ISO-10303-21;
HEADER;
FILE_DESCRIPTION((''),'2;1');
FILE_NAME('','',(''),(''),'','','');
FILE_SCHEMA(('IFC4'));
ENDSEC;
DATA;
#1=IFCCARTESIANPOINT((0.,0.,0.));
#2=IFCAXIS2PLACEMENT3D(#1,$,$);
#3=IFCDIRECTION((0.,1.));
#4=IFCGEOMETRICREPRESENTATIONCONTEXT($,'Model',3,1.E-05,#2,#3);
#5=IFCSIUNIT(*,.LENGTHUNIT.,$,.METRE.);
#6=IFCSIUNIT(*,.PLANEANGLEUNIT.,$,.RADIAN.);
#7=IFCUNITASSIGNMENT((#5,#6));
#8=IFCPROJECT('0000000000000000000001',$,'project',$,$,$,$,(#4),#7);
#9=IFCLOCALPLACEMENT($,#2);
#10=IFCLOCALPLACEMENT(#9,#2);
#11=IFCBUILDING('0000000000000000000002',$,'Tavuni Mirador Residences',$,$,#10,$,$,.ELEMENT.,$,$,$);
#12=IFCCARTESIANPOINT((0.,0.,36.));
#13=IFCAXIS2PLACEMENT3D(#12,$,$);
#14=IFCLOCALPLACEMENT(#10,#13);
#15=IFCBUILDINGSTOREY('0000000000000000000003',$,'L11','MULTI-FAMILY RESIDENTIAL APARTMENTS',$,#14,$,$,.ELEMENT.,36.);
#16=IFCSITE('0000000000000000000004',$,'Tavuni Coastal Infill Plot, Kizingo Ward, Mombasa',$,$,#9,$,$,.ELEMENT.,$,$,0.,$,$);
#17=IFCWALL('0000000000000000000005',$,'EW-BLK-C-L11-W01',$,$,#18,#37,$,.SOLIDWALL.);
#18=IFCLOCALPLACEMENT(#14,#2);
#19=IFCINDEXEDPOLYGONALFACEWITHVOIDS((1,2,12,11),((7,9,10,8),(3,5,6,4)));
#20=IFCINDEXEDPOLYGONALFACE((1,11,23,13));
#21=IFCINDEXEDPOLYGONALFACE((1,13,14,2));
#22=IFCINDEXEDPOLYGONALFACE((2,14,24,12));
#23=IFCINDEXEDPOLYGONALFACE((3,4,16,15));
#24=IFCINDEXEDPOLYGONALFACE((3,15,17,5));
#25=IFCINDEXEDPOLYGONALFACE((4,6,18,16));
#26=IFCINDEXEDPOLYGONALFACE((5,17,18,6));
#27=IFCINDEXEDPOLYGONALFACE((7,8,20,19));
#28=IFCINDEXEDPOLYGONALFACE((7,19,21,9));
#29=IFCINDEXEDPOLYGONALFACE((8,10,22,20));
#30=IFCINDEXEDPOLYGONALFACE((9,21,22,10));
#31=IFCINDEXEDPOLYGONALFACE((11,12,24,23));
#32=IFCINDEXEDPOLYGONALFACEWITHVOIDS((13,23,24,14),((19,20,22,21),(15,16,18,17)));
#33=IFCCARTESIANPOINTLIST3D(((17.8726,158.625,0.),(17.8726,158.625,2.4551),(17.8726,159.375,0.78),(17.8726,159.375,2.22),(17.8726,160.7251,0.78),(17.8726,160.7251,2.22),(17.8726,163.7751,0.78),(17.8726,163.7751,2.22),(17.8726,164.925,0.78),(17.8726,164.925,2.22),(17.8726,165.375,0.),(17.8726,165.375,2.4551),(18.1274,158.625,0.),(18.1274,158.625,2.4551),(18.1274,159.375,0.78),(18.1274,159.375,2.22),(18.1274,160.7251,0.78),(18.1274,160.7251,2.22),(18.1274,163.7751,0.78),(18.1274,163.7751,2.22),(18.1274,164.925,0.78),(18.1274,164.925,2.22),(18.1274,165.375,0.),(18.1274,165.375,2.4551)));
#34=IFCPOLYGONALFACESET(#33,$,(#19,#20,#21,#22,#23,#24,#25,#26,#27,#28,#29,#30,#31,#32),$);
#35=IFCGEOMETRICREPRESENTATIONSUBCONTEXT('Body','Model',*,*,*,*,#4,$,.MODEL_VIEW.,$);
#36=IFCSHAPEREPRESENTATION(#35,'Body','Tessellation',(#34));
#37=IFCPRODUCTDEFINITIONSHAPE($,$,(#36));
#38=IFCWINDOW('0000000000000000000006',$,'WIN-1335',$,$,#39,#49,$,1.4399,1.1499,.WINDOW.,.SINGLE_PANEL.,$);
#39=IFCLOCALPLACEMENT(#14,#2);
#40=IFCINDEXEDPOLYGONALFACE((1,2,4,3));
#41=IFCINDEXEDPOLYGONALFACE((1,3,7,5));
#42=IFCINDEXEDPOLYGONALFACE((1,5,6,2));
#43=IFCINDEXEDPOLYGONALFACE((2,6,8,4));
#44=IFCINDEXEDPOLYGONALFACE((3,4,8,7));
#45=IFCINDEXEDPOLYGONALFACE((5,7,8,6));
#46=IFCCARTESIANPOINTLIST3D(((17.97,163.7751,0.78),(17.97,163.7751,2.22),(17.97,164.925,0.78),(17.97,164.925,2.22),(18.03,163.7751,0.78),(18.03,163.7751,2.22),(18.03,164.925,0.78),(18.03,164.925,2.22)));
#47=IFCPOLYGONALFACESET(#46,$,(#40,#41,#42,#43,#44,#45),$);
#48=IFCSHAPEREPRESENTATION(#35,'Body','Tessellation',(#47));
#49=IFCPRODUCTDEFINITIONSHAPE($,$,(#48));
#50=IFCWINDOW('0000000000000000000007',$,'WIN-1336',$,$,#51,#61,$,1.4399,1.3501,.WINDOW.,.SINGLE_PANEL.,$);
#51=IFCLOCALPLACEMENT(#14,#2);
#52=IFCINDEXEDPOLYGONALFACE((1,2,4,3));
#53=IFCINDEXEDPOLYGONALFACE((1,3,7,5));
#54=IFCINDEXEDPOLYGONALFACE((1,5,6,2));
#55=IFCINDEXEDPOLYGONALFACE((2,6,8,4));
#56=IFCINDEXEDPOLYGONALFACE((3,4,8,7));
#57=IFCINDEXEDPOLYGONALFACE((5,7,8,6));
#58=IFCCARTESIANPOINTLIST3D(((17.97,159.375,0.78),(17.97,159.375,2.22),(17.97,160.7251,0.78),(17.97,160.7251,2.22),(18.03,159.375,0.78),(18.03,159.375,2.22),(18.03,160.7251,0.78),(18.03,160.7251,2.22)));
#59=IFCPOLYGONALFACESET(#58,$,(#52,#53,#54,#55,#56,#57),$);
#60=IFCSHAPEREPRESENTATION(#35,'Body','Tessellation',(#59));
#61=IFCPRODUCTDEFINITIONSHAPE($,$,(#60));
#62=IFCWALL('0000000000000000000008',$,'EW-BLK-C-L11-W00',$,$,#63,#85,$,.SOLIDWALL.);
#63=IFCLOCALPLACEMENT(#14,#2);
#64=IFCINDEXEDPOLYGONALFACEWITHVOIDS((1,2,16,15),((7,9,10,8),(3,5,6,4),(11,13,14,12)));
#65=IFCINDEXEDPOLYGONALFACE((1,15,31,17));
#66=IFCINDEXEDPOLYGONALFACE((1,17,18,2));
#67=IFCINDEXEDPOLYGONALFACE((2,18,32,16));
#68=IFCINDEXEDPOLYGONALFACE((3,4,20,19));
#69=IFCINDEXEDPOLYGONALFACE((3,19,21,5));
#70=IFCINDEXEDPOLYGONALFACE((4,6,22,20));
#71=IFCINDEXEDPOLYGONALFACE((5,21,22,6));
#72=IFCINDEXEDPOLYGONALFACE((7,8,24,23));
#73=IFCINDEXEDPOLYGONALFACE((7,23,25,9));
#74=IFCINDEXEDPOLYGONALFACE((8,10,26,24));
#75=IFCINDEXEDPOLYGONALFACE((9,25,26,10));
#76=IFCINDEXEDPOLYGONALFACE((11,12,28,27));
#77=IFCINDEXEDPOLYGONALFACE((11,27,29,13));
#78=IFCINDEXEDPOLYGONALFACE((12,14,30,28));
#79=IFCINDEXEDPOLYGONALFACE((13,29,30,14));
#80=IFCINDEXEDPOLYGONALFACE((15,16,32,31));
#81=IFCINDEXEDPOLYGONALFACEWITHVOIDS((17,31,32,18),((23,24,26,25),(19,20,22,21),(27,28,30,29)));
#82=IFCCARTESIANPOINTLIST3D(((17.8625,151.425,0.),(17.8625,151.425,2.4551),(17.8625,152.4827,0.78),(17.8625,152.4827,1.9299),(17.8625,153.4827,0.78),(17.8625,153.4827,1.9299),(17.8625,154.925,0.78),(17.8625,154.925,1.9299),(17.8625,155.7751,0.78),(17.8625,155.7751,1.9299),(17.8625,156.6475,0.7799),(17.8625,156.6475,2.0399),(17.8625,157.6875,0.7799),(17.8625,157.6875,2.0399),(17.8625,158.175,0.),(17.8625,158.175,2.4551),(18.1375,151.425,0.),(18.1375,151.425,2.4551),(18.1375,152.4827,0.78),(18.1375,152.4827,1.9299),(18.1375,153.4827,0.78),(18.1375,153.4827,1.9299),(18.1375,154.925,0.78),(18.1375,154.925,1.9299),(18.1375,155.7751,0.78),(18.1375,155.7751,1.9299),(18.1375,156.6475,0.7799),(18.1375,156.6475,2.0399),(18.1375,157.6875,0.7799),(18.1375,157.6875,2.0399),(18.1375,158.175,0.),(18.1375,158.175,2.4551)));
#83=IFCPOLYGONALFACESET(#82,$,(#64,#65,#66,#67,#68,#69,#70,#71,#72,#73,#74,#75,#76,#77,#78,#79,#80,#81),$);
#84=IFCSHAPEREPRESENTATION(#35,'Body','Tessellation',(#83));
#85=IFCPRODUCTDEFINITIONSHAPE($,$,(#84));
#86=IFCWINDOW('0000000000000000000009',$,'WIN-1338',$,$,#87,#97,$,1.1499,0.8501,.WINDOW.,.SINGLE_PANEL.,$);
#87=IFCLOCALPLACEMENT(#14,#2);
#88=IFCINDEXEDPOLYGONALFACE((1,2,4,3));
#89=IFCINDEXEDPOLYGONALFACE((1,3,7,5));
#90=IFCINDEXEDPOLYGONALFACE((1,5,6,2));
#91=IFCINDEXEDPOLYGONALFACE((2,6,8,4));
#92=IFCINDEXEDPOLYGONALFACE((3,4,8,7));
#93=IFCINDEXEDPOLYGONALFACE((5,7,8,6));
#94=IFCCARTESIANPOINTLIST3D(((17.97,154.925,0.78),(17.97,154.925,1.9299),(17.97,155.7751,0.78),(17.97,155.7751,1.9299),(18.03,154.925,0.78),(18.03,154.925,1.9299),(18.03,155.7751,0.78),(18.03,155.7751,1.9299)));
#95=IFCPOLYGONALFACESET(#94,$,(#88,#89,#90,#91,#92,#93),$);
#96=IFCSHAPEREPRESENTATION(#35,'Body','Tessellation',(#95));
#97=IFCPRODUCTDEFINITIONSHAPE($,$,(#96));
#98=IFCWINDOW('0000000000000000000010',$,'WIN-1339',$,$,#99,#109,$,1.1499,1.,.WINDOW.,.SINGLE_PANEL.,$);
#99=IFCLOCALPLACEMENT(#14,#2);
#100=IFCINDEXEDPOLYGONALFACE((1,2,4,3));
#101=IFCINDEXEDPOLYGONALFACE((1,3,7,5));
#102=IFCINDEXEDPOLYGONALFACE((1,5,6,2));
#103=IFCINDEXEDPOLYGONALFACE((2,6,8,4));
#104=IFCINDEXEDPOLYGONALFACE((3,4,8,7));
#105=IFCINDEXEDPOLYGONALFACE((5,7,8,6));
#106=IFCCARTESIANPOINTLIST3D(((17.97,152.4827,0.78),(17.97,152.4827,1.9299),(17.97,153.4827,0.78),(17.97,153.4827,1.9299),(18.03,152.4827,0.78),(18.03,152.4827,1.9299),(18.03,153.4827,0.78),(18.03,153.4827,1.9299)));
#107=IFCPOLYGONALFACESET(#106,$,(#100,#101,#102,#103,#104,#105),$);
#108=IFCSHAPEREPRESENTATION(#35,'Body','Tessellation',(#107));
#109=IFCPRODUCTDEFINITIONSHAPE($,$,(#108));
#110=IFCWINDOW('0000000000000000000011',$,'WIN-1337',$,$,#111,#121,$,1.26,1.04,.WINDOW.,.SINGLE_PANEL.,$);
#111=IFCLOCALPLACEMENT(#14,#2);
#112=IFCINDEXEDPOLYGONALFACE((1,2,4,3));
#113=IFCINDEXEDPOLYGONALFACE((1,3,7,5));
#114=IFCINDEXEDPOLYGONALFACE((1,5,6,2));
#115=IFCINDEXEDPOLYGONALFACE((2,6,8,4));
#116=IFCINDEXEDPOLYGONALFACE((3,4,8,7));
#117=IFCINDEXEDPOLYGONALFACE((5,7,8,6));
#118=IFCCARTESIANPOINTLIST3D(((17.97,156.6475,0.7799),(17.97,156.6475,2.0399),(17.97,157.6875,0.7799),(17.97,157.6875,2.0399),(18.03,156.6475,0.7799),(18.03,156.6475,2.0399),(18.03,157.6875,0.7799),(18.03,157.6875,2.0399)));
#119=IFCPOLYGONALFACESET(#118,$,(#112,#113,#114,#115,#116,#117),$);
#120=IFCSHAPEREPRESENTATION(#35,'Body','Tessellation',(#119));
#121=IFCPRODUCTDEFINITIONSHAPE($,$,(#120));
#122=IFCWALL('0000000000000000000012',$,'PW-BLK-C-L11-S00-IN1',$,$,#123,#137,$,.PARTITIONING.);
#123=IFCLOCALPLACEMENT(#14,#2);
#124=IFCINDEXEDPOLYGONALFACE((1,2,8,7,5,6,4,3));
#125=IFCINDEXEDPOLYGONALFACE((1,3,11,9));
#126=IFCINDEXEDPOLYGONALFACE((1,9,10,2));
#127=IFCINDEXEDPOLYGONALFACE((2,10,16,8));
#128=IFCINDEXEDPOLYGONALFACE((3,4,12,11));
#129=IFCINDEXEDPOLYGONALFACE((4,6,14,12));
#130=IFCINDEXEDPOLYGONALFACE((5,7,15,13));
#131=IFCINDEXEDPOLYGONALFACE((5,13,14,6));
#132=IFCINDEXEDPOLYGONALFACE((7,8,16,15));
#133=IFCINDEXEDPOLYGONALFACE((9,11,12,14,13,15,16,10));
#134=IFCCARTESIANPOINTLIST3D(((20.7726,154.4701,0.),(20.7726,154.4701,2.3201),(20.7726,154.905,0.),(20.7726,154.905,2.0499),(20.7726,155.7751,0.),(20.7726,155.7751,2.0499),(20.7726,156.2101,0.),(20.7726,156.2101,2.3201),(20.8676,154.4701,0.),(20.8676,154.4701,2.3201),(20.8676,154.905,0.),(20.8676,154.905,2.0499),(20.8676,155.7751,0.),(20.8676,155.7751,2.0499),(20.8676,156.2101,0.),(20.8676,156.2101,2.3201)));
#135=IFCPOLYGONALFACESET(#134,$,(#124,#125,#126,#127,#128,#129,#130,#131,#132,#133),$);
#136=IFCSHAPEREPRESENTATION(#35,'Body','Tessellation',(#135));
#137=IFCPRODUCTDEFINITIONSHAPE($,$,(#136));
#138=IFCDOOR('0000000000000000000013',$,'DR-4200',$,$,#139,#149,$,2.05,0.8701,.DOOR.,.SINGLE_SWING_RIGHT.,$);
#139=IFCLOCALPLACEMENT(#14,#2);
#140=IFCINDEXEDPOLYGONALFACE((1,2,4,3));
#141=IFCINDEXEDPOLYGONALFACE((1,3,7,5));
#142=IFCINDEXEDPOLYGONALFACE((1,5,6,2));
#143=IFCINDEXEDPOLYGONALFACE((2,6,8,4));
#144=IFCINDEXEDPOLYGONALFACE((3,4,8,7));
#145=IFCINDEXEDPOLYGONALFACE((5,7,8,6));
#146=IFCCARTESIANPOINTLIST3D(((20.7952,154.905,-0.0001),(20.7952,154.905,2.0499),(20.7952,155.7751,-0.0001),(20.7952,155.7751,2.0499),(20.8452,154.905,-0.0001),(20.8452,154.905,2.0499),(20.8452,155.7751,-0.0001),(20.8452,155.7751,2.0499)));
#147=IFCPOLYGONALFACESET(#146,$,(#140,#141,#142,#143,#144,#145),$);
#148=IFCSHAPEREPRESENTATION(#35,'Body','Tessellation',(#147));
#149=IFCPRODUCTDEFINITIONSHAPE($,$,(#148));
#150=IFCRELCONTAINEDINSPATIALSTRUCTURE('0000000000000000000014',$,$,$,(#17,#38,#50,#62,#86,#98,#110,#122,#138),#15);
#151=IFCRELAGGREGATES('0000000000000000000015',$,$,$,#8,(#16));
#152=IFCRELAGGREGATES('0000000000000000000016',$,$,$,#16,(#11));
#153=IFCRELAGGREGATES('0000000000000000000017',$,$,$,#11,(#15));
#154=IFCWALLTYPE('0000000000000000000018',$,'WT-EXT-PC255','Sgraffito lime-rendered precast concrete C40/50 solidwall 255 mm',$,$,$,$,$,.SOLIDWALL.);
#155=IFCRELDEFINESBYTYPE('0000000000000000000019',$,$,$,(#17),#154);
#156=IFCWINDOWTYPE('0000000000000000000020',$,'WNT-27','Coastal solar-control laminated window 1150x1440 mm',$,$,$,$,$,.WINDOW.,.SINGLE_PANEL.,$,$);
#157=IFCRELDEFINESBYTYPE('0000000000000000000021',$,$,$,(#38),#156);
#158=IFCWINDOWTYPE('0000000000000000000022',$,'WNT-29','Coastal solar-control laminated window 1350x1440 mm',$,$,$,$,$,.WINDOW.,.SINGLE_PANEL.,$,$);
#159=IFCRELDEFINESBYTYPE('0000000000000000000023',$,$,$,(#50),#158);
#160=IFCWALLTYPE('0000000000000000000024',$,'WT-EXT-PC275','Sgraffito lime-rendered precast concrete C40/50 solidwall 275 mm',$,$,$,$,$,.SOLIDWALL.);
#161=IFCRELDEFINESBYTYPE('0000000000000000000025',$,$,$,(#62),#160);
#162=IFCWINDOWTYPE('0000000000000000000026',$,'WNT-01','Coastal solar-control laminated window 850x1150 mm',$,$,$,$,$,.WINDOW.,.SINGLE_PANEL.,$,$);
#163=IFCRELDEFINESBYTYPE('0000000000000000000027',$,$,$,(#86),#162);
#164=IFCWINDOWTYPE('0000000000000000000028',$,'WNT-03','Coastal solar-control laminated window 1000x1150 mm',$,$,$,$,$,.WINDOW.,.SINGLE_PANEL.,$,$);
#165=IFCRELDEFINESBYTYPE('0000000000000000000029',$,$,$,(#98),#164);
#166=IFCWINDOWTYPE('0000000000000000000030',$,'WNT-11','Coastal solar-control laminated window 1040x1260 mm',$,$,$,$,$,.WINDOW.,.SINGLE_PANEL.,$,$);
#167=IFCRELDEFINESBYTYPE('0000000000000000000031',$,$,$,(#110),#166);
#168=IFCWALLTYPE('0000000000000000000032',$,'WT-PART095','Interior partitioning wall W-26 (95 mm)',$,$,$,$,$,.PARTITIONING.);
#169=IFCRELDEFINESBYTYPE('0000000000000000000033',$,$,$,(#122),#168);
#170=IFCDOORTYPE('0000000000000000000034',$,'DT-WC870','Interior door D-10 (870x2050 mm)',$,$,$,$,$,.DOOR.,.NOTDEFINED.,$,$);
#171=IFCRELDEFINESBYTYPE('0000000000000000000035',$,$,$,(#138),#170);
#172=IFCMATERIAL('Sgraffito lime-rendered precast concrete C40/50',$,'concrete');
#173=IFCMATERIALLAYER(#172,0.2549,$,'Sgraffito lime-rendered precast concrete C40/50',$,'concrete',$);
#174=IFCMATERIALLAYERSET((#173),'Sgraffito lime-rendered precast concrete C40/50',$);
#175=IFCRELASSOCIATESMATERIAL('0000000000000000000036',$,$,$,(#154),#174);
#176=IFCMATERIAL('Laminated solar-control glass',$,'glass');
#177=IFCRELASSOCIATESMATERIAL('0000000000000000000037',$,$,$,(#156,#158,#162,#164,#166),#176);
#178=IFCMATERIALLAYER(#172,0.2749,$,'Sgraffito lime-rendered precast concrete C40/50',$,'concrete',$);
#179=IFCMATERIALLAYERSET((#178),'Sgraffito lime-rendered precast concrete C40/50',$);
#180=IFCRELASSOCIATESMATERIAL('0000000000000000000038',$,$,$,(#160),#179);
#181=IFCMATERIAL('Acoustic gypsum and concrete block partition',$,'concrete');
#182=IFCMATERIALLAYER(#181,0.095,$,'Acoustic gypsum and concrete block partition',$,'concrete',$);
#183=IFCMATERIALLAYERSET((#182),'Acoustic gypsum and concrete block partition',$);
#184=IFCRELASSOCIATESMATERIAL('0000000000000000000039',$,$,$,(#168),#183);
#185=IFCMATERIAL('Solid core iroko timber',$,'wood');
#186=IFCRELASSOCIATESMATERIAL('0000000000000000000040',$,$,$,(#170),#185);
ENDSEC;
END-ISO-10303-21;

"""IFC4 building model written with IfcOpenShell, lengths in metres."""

from ifc_helpers import new_model, si_unit, direction, frame, frame_2d, origin, place, context, subcontext, project, spatial, rectangle, extrude, material, layer, layer_set, type_object, element, fill, save


model = new_model("IFC4")

# Units and contexts
model_context = context("Model", 3, precision=1e-05, world=origin(), true_north=direction((0.0, 1.0)))
body_context = subcontext(model_context, "Body", "Model", "MODEL_VIEW")
ifc_project = project(units=[si_unit("LENGTHUNIT", "METRE"), si_unit("PLANEANGLEUNIT", "RADIAN")], contexts=[model_context])

# Site, building, storey
site_placement = place(None, origin())
site = spatial("IfcSite", under=ifc_project, at=site_placement, Name="Tavuni Coastal Infill Plot, Kizingo Ward, Mombasa", CompositionType="ELEMENT", RefElevation=0.0)
building_placement = place(site_placement, origin())
building = spatial("IfcBuilding", under=site, at=building_placement, Name="Tavuni Mirador Residences", CompositionType="ELEMENT")
storey_placement = place(building_placement, frame((0.0, 0.0, 36.0)))
storey = spatial("IfcBuildingStorey", under=building, at=storey_placement, Name="L11", Description="MULTI-FAMILY RESIDENTIAL APARTMENTS", CompositionType="ELEMENT", Elevation=36.0)

# Shared definitions
ifc_material_1 = material(Name="Solid core iroko timber", Category="wood")

# Walls, openings, windows
ifc_material_2 = material(Name="Sgraffito lime-rendered precast concrete C40/50", Category="concrete")
ifc_layer_1 = layer(ifc_material_2, 0.2549, Name="Sgraffito lime-rendered precast concrete C40/50", Category="concrete")
ifc_layer_set_1 = layer_set([ifc_layer_1], Name="Sgraffito lime-rendered precast concrete C40/50")
wall_type_1 = type_object("IfcWallType", Name="WT-EXT-PC255", Description="Sgraffito lime-rendered precast concrete C40/50 solidwall 255 mm", PredefinedType="SOLIDWALL", material=ifc_layer_set_1)
wall_1_placement = place(storey_placement, frame((18.0, 165.375, 0.0), z_axis=(0.0, 0.0, 1.0), x_axis=(0.0, -1.0, 0.0)))
wall_1 = element("IfcWall", 1, at=wall_1_placement, inside=storey, type_object=wall_type_1, Name="EW-BLK-C-L11-W01", PredefinedType="SOLIDWALL", context=body_context, shape_type="SweptSolid", body=[
    extrude(rectangle(XDim=6.75, YDim=0.2549, at=frame_2d((3.375, 0.0))), origin(), (0.0, 0.0, 1.0), 2.4551),
])
opening_1_placement = place(wall_1_placement, frame((0.45, 0.0, 0.78)))
opening_1 = element("IfcOpeningElement", 2, at=opening_1_placement, cuts=wall_1, PredefinedType="OPENING", context=body_context, shape_type="SweptSolid", body=[
    extrude(rectangle(XDim=1.1499, YDim=1.4399, at=frame_2d((0.575, 0.72))), frame((0.0, 0.1375, 0.0), z_axis=(0.0, -1.0, 0.0), x_axis=(1.0, 0.0, 0.0)), (0.0, 0.0, 1.0), 0.2749),
])
opening_2_placement = place(wall_1_placement, frame((4.6499, 0.0, 0.78)))
opening_2 = element("IfcOpeningElement", 3, at=opening_2_placement, cuts=wall_1, PredefinedType="OPENING", context=body_context, shape_type="SweptSolid", body=[
    extrude(rectangle(XDim=1.3501, YDim=1.4399, at=frame_2d((0.675, 0.72))), frame((0.0, 0.1375, 0.0), z_axis=(0.0, -1.0, 0.0), x_axis=(1.0, 0.0, 0.0)), (0.0, 0.0, 1.0), 0.2749),
])
ifc_material_3 = material(Name="Laminated solar-control glass", Category="glass")
window_type_1 = type_object("IfcWindowType", Name="WNT-27", Description="Coastal solar-control laminated window 1150x1440 mm", PartitioningType="SINGLE_PANEL", PredefinedType="WINDOW", material=ifc_material_3)
window_1_placement = place(opening_1_placement, origin())
window_1 = element("IfcWindow", 4, at=window_1_placement, inside=storey, type_object=window_type_1, Name="WIN-1335", OverallHeight=1.4399, OverallWidth=1.1499, PartitioningType="SINGLE_PANEL", PredefinedType="WINDOW", context=body_context, shape_type="SweptSolid", body=[
    extrude(rectangle(XDim=1.1499, YDim=1.4399, at=frame_2d((0.575, 0.72))), frame((0.0, 0.03, 0.0), z_axis=(0.0, -1.0, 0.0), x_axis=(1.0, 0.0, 0.0)), (0.0, 0.0, 1.0), 0.0601),
])
fill(opening_1, window_1)
window_type_2 = type_object("IfcWindowType", Name="WNT-29", Description="Coastal solar-control laminated window 1350x1440 mm", PartitioningType="SINGLE_PANEL", PredefinedType="WINDOW", material=ifc_material_3)
window_2_placement = place(opening_2_placement, origin())
window_2 = element("IfcWindow", 5, at=window_2_placement, inside=storey, type_object=window_type_2, Name="WIN-1336", OverallHeight=1.4399, OverallWidth=1.3501, PartitioningType="SINGLE_PANEL", PredefinedType="WINDOW", context=body_context, shape_type="SweptSolid", body=[
    extrude(rectangle(XDim=1.3501, YDim=1.4399, at=frame_2d((0.675, 0.72))), frame((0.0, 0.03, 0.0), z_axis=(0.0, -1.0, 0.0), x_axis=(1.0, 0.0, 0.0)), (0.0, 0.0, 1.0), 0.0601),
])
fill(opening_2, window_2)
ifc_layer_2 = layer(ifc_material_2, 0.2749, Name="Sgraffito lime-rendered precast concrete C40/50", Category="concrete")
ifc_layer_set_2 = layer_set([ifc_layer_2], Name="Sgraffito lime-rendered precast concrete C40/50")
wall_type_2 = type_object("IfcWallType", Name="WT-EXT-PC275", Description="Sgraffito lime-rendered precast concrete C40/50 solidwall 275 mm", PredefinedType="SOLIDWALL", material=ifc_layer_set_2)
wall_2_placement = place(storey_placement, frame((18.0, 158.175, 0.0), z_axis=(0.0, 0.0, 1.0), x_axis=(0.0, -1.0, 0.0)))
wall_2 = element("IfcWall", 6, at=wall_2_placement, inside=storey, type_object=wall_type_2, Name="EW-BLK-C-L11-W00", PredefinedType="SOLIDWALL", context=body_context, shape_type="SweptSolid", body=[
    extrude(rectangle(XDim=6.75, YDim=0.2749, at=frame_2d((3.375, 0.0))), origin(), (0.0, 0.0, 1.0), 2.4551),
])
opening_3_placement = place(wall_2_placement, frame((0.4875, 0.0, 0.78)))
opening_3 = element("IfcOpeningElement", 7, at=opening_3_placement, cuts=wall_2, PredefinedType="OPENING", context=body_context, shape_type="SweptSolid", body=[
    extrude(rectangle(XDim=1.04, YDim=1.26, at=frame_2d((0.52, 0.6299))), frame((0.0, 0.1475, 0.0), z_axis=(0.0, -1.0, 0.0), x_axis=(1.0, 0.0, 0.0)), (0.0, 0.0, 1.0), 0.2949),
])
opening_4_placement = place(wall_2_placement, frame((2.3999, 0.0, 0.78)))
opening_4 = element("IfcOpeningElement", 8, at=opening_4_placement, cuts=wall_2, PredefinedType="OPENING", context=body_context, shape_type="SweptSolid", body=[
    extrude(rectangle(XDim=0.8501, YDim=1.1499, at=frame_2d((0.425, 0.575))), frame((0.0, 0.1475, 0.0), z_axis=(0.0, -1.0, 0.0), x_axis=(1.0, 0.0, 0.0)), (0.0, 0.0, 1.0), 0.2949),
])
opening_5_placement = place(wall_2_placement, frame((4.6924, 0.0, 0.78)))
opening_5 = element("IfcOpeningElement", 9, at=opening_5_placement, cuts=wall_2, PredefinedType="OPENING", context=body_context, shape_type="SweptSolid", body=[
    extrude(rectangle(XDim=1.0, YDim=1.1499, at=frame_2d((0.5, 0.575))), frame((0.0, 0.1475, 0.0), z_axis=(0.0, -1.0, 0.0), x_axis=(1.0, 0.0, 0.0)), (0.0, 0.0, 1.0), 0.2949),
])
window_type_3 = type_object("IfcWindowType", Name="WNT-01", Description="Coastal solar-control laminated window 850x1150 mm", PartitioningType="SINGLE_PANEL", PredefinedType="WINDOW", material=ifc_material_3)
window_3_placement = place(opening_4_placement, origin())
window_3 = element("IfcWindow", 10, at=window_3_placement, inside=storey, type_object=window_type_3, Name="WIN-1338", OverallHeight=1.1499, OverallWidth=0.8501, PartitioningType="SINGLE_PANEL", PredefinedType="WINDOW", context=body_context, shape_type="SweptSolid", body=[
    extrude(rectangle(XDim=0.8501, YDim=1.1499, at=frame_2d((0.425, 0.575))), frame((0.0, 0.03, 0.0), z_axis=(0.0, -1.0, 0.0), x_axis=(1.0, 0.0, 0.0)), (0.0, 0.0, 1.0), 0.0601),
])
fill(opening_4, window_3)
window_type_4 = type_object("IfcWindowType", Name="WNT-03", Description="Coastal solar-control laminated window 1000x1150 mm", PartitioningType="SINGLE_PANEL", PredefinedType="WINDOW", material=ifc_material_3)
window_4_placement = place(opening_5_placement, origin())
window_4 = element("IfcWindow", 11, at=window_4_placement, inside=storey, type_object=window_type_4, Name="WIN-1339", OverallHeight=1.1499, OverallWidth=1.0, PartitioningType="SINGLE_PANEL", PredefinedType="WINDOW", context=body_context, shape_type="SweptSolid", body=[
    extrude(rectangle(XDim=1.0, YDim=1.1499, at=frame_2d((0.5, 0.575))), frame((0.0, 0.03, 0.0), z_axis=(0.0, -1.0, 0.0), x_axis=(1.0, 0.0, 0.0)), (0.0, 0.0, 1.0), 0.0601),
])
fill(opening_5, window_4)
window_type_5 = type_object("IfcWindowType", Name="WNT-11", Description="Coastal solar-control laminated window 1040x1260 mm", PartitioningType="SINGLE_PANEL", PredefinedType="WINDOW", material=ifc_material_3)
window_5_placement = place(opening_3_placement, origin())
window_5 = element("IfcWindow", 12, at=window_5_placement, inside=storey, type_object=window_type_5, Name="WIN-1337", OverallHeight=1.26, OverallWidth=1.04, PartitioningType="SINGLE_PANEL", PredefinedType="WINDOW", context=body_context, shape_type="SweptSolid", body=[
    extrude(rectangle(XDim=1.04, YDim=1.26, at=frame_2d((0.52, 0.6299))), frame((0.0, 0.03, 0.0), z_axis=(0.0, -1.0, 0.0), x_axis=(1.0, 0.0, 0.0)), (0.0, 0.0, 1.0), 0.0601),
])
fill(opening_3, window_5)

# Wall, opening, door
ifc_material_4 = material(Name="Acoustic gypsum and concrete block partition", Category="concrete")
ifc_layer_3 = layer(ifc_material_4, 0.095, Name="Acoustic gypsum and concrete block partition", Category="concrete")
ifc_layer_set_3 = layer_set([ifc_layer_3], Name="Acoustic gypsum and concrete block partition")
wall_type_3 = type_object("IfcWallType", Name="WT-PART095", Description="Interior partitioning wall W-26 (95 mm)", PredefinedType="PARTITIONING", material=ifc_layer_set_3)
wall_3_placement = place(storey_placement, frame((20.8201, 154.47, 0.0), z_axis=(0.0, 0.0, 1.0), x_axis=(0.0, 1.0, 0.0)))
wall_3 = element("IfcWall", 13, at=wall_3_placement, inside=storey, type_object=wall_type_3, Name="PW-BLK-C-L11-S00-IN1", PredefinedType="PARTITIONING", context=body_context, shape_type="SweptSolid", body=[
    extrude(rectangle(XDim=1.74, YDim=0.095, at=frame_2d((0.8701, 0.0))), origin(), (0.0, 0.0, 1.0), 2.3201),
])
opening_6_placement = place(wall_3_placement, frame((0.4351, 0.0, 0.0)))
opening_6 = element("IfcOpeningElement", 14, at=opening_6_placement, cuts=wall_3, PredefinedType="OPENING", context=body_context, shape_type="SweptSolid", body=[
    extrude(rectangle(XDim=0.8701, YDim=2.05, at=frame_2d((0.4351, 1.0249))), frame((0.0, 0.0576, 0.0), z_axis=(0.0, -1.0, 0.0), x_axis=(1.0, 0.0, 0.0)), (0.0, 0.0, 1.0), 0.115),
])
door_type_1 = type_object("IfcDoorType", Name="DT-WC870", Description="Interior door D-10 (870x2050 mm)", OperationType="NOTDEFINED", PredefinedType="DOOR", material=ifc_material_1)
door_1_placement = place(opening_6_placement, origin())
door_1 = element("IfcDoor", 15, at=door_1_placement, inside=storey, type_object=door_type_1, Name="DR-4200", OperationType="SINGLE_SWING_RIGHT", OverallHeight=2.05, OverallWidth=0.8701, PredefinedType="DOOR", context=body_context, shape_type="SweptSolid", body=[
    extrude(rectangle(XDim=0.8701, YDim=2.05, at=frame_2d((0.4351, 1.0249))), frame((0.0, 0.0249, 0.0), z_axis=(0.0, -1.0, 0.0), x_axis=(1.0, 0.0, 0.0)), (0.0, 0.0, 1.0), 0.05),
])
fill(opening_6, door_1)

save(model, "model.ifc")
